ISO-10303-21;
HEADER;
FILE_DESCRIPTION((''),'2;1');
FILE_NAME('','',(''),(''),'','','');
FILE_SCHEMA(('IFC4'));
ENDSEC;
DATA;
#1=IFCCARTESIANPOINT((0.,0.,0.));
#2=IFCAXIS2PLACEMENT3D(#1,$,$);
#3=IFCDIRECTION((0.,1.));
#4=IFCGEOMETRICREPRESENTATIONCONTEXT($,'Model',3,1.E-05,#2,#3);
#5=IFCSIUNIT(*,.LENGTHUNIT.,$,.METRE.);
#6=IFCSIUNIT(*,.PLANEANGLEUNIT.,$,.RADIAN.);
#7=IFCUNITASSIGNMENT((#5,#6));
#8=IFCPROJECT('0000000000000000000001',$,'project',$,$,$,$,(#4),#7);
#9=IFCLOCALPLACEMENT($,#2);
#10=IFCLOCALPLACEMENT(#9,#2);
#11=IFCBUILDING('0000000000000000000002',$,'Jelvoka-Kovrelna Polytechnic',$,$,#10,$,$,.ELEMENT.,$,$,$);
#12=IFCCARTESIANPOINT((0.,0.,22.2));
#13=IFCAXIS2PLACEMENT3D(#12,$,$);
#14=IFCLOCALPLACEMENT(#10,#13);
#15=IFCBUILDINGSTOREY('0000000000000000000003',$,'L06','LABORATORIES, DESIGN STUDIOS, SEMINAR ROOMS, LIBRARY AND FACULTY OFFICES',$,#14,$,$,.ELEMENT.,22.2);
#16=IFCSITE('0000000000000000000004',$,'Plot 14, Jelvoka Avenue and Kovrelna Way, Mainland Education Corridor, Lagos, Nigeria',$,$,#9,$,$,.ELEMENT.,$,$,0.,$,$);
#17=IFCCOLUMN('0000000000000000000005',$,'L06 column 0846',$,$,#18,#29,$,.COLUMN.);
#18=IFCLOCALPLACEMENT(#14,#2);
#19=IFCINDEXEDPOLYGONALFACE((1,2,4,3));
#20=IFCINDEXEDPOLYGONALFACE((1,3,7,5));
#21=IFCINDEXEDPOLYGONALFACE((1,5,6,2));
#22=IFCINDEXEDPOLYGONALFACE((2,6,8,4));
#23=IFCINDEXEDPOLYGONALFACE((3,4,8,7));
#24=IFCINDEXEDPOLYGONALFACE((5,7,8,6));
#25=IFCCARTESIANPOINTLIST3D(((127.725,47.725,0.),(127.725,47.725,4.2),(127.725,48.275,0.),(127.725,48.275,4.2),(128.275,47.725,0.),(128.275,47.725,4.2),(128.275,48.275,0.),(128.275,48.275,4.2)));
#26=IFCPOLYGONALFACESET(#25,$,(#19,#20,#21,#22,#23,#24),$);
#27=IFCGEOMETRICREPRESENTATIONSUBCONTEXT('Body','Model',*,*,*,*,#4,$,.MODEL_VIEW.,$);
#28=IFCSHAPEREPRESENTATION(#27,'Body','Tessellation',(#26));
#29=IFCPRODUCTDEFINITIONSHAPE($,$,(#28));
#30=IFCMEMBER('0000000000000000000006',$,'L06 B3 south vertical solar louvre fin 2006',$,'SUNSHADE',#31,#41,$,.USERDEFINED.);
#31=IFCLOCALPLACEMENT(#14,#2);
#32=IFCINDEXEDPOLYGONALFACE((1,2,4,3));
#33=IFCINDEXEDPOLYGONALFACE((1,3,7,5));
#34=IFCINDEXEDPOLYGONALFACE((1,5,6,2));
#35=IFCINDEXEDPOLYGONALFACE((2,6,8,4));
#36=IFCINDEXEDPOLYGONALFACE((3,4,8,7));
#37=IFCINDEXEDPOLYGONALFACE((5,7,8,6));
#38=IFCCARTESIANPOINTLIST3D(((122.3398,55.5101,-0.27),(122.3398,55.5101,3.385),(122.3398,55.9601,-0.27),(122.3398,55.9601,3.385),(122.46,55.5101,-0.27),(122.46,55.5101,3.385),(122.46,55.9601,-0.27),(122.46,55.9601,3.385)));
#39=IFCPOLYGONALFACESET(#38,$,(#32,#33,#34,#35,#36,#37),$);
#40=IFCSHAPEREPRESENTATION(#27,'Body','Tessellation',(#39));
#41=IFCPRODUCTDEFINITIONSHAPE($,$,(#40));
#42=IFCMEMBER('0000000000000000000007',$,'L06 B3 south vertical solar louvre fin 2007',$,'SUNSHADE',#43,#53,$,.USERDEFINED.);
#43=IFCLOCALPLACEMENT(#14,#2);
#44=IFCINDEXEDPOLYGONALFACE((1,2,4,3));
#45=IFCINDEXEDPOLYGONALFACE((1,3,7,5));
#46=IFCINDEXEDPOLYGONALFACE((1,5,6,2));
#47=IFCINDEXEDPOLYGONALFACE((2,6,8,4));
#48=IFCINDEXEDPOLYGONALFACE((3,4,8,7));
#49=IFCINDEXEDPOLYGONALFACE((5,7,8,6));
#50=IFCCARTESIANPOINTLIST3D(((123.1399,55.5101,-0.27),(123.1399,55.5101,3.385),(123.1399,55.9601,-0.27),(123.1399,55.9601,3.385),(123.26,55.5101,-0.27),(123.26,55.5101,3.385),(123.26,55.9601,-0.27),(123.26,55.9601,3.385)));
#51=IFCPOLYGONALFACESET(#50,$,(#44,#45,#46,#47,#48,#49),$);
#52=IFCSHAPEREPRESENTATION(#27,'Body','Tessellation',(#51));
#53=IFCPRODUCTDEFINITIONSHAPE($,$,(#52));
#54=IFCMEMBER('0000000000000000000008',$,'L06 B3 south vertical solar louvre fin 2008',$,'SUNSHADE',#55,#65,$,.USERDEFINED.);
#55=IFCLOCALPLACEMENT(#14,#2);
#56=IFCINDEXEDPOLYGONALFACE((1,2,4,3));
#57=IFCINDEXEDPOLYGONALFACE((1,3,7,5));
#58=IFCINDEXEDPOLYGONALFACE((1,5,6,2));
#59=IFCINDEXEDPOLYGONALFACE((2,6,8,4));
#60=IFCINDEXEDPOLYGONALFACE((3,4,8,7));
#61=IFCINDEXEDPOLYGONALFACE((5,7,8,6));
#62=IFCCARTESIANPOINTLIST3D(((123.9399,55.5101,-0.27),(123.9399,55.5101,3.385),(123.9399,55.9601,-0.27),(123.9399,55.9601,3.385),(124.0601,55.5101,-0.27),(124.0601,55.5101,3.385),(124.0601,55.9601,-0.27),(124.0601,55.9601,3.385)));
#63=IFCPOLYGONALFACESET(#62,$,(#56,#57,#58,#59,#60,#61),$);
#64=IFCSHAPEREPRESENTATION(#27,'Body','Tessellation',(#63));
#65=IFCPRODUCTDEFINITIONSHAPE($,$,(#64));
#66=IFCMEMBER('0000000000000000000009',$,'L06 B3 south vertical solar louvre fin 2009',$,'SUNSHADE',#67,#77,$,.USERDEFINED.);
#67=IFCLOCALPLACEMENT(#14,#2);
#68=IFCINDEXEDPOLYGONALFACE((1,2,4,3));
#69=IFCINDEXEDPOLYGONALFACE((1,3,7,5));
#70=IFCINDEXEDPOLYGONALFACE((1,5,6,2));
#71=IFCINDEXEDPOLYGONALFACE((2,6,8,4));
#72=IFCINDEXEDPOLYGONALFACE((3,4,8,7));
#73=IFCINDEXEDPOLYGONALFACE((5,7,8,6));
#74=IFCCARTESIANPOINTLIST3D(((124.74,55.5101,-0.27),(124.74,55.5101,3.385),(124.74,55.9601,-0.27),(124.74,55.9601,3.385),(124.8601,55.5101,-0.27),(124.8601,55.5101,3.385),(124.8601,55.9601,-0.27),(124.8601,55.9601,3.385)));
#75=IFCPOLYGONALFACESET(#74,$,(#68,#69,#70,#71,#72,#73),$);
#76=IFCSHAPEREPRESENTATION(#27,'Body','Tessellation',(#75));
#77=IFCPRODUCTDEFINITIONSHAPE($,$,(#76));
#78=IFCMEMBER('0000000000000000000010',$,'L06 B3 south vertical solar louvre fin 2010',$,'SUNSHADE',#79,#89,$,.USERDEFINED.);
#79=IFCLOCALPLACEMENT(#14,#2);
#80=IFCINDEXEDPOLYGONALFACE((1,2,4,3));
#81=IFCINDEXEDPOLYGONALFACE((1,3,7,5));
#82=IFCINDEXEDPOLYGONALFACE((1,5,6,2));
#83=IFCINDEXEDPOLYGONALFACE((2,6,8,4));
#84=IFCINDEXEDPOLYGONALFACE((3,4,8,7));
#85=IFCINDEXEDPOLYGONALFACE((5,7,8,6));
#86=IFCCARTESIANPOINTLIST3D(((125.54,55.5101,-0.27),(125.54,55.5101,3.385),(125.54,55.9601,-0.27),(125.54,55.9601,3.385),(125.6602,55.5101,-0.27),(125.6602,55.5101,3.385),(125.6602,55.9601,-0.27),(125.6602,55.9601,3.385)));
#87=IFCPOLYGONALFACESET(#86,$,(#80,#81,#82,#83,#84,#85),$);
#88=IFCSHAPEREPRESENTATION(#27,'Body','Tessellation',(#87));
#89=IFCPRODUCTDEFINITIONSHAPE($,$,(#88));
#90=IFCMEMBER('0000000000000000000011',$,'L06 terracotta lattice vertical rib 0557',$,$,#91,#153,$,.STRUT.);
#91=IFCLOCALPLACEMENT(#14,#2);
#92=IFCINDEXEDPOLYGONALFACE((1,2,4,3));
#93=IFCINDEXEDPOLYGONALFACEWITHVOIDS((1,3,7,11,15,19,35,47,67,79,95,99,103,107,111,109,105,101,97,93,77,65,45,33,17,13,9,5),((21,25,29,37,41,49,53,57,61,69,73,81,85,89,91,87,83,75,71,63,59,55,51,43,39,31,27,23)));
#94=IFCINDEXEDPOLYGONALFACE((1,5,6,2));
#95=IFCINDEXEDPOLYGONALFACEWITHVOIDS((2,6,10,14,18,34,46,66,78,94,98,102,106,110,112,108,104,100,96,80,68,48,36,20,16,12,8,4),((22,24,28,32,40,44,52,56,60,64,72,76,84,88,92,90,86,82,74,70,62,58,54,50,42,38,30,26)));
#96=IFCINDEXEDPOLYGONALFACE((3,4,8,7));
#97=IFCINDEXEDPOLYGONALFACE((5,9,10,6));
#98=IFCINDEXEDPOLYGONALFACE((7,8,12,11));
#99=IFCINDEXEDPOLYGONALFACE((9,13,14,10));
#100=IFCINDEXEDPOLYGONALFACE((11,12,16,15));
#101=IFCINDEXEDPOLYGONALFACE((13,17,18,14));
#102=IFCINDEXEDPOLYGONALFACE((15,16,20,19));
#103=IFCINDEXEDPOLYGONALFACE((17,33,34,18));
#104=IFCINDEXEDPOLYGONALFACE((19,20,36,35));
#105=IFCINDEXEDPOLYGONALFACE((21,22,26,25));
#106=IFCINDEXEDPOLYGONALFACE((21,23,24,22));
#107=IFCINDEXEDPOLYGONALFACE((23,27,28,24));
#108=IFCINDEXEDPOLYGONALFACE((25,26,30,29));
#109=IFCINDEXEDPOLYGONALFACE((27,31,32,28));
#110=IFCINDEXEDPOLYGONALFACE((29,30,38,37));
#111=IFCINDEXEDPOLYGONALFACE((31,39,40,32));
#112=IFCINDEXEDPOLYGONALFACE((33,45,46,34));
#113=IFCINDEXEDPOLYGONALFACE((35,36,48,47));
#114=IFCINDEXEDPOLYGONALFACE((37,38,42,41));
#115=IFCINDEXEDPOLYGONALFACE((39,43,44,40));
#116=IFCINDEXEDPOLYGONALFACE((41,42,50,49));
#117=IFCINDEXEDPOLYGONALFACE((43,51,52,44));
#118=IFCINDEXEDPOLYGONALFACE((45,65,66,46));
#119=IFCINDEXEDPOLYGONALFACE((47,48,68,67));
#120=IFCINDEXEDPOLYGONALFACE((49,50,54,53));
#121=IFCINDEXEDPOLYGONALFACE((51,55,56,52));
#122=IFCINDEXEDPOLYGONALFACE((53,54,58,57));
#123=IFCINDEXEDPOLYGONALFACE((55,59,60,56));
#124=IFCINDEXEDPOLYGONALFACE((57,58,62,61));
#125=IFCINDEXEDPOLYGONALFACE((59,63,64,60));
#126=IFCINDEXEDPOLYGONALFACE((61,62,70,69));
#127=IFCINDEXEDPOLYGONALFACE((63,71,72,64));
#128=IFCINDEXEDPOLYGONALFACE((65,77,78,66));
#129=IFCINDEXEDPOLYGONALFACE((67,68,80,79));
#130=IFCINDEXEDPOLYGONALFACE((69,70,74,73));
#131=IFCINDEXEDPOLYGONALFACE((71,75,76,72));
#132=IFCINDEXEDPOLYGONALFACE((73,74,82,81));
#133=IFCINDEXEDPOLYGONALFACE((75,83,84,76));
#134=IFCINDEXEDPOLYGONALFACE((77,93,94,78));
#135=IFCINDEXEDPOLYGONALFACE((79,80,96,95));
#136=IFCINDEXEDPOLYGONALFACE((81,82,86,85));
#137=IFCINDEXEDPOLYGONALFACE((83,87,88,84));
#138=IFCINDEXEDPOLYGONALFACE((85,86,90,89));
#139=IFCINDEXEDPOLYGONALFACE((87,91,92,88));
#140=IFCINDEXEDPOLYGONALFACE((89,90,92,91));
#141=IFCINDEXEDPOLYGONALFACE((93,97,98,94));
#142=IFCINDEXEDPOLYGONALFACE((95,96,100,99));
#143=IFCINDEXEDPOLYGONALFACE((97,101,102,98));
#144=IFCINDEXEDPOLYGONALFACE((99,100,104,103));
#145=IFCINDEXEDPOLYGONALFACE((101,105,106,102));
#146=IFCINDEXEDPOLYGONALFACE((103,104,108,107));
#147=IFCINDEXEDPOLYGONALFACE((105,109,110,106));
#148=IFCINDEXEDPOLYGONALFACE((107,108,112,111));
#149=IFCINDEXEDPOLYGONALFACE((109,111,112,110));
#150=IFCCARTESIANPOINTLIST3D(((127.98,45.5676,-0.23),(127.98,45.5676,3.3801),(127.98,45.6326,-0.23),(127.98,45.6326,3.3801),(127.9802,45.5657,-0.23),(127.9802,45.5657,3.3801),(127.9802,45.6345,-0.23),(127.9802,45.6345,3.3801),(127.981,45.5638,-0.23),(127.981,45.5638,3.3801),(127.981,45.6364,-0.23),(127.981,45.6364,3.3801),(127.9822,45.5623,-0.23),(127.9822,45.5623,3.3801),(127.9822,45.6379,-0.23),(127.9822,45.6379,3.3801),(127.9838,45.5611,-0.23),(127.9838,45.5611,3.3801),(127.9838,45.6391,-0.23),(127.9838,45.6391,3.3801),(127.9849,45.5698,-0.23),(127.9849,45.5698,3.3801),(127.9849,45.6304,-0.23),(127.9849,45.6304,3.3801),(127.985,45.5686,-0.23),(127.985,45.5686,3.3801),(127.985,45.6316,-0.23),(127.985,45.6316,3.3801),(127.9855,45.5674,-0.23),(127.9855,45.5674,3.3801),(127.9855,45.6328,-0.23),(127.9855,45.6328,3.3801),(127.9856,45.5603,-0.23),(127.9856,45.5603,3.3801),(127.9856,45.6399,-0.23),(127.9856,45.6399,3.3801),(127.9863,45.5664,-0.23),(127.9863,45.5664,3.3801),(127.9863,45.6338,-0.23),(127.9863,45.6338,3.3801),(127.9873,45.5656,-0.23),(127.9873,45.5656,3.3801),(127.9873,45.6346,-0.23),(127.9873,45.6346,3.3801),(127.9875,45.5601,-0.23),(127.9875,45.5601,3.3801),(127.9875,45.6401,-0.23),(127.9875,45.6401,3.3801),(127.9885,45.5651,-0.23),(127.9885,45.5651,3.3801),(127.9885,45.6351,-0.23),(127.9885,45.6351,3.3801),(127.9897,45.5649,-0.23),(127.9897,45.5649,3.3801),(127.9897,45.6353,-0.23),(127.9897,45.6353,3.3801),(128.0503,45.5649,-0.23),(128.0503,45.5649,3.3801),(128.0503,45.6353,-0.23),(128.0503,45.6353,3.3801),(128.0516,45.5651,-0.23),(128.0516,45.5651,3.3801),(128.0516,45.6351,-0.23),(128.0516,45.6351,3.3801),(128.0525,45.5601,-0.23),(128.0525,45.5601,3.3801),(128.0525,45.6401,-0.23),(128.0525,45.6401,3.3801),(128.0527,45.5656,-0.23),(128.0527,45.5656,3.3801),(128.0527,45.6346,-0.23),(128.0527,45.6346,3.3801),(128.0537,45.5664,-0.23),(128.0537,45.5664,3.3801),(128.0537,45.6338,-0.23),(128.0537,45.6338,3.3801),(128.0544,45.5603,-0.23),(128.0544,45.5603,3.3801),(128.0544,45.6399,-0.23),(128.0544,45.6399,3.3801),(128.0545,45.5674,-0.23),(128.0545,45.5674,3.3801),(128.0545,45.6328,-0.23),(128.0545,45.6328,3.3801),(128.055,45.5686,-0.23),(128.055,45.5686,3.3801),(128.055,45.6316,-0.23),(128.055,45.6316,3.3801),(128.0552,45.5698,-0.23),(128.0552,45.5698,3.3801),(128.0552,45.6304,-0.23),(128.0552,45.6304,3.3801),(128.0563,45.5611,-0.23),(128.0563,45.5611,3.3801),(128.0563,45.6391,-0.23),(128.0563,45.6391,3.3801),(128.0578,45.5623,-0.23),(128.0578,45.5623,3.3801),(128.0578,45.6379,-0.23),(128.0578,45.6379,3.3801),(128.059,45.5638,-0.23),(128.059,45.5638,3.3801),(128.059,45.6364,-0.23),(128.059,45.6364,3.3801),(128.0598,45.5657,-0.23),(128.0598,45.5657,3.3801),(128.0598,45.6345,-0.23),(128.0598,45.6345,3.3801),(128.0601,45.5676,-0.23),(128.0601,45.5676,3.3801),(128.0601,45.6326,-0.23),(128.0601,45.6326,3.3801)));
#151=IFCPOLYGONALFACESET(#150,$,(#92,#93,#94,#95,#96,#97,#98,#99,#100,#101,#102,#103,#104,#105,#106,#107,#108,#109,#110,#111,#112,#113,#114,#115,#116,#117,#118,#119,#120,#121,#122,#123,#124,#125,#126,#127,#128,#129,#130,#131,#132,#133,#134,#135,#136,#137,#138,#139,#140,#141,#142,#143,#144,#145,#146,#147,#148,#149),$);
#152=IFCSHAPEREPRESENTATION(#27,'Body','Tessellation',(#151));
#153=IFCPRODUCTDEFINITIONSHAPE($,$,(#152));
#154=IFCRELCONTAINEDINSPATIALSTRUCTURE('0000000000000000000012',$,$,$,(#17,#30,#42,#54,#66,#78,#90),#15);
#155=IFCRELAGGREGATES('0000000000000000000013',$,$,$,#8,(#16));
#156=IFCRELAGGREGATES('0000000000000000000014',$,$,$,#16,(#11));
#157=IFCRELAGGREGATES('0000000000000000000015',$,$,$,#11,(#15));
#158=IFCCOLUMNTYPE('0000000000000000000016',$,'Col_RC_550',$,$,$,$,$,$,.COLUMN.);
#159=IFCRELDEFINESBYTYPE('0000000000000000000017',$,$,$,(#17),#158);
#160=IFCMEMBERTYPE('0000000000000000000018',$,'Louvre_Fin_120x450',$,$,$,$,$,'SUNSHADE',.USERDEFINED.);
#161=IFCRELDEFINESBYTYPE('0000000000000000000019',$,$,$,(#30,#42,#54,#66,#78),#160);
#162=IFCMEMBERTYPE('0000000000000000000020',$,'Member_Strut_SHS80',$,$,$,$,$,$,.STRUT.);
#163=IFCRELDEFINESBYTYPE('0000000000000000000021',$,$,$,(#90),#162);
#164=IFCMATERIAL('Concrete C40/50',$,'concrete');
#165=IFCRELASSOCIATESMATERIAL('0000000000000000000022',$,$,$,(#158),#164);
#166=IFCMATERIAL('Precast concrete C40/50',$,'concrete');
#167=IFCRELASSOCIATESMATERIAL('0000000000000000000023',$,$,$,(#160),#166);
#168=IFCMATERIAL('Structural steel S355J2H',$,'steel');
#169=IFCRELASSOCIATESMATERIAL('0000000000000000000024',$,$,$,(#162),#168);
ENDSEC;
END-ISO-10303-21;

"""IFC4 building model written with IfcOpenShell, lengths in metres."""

from ifc_helpers import new_model, si_unit, direction, frame, origin, origin_2d, place, context, subcontext, project, spatial, rectangle, hollow_rectangle, extrude, material, material_profile, profile_set, type_object, element, save


model = new_model("IFC4")

# Units and contexts
model_context = context("Model", 3, precision=1e-05, world=origin(), true_north=direction((0.0, 1.0)))
body_context = subcontext(model_context, "Body", "Model", "MODEL_VIEW")
ifc_project = project(units=[si_unit("LENGTHUNIT", "METRE"), si_unit("PLANEANGLEUNIT", "RADIAN")], contexts=[model_context])

# Site, building, storey
site_placement = place(None, origin())
site = spatial("IfcSite", under=ifc_project, at=site_placement, Name="Plot 14, Jelvoka Avenue and Kovrelna Way, Mainland Education Corridor, Lagos, Nigeria", CompositionType="ELEMENT", RefElevation=0.0)
building_placement = place(site_placement, origin())
building = spatial("IfcBuilding", under=site, at=building_placement, Name="Jelvoka-Kovrelna Polytechnic", CompositionType="ELEMENT")
storey_placement = place(building_placement, frame((0.0, 0.0, 22.2)))
storey = spatial("IfcBuildingStorey", under=building, at=storey_placement, Name="L06", Description="LABORATORIES, DESIGN STUDIOS, SEMINAR ROOMS, LIBRARY AND FACULTY OFFICES", CompositionType="ELEMENT", Elevation=22.2)

# Column
ifc_material_1 = material(Name="Concrete C40/50", Category="concrete")
ifc_material_profile_1 = material_profile(ifc_material_1, rectangle(XDim=0.55, YDim=0.55, at=origin_2d()), Name="RC 550x550")
ifc_profile_set_1 = profile_set([ifc_material_profile_1], Name="Concrete C40/50")
column_type = type_object("IfcColumnType", Name="Col_RC_550", PredefinedType="COLUMN", material=ifc_profile_set_1)
column_placement = place(storey_placement, frame((128.0, 48.0, 0.0), z_axis=(0.0, 0.0, 1.0), x_axis=(1.0, 0.0, 0.0)))
element("IfcColumn", 1, at=column_placement, inside=storey, type_object=column_type, Name="L06 column 0846", PredefinedType="COLUMN", context=body_context, shape_type="SweptSolid", body=[
    extrude(rectangle(XDim=0.55, YDim=0.55, at=origin_2d()), origin(), (0.0, 0.0, 1.0), 4.2),
])

# Members
ifc_material_2 = material(Name="Precast concrete C40/50", Category="concrete")
ifc_material_profile_2 = material_profile(ifc_material_2, rectangle(XDim=0.1201, YDim=0.45, at=origin_2d()), Name="PC 120x450")
ifc_profile_set_2 = profile_set([ifc_material_profile_2], Name="Precast concrete C40/50")
member_type_1 = type_object("IfcMemberType", Name="Louvre_Fin_120x450", ElementType="SUNSHADE", PredefinedType="USERDEFINED", material=ifc_profile_set_2)
for number, where, z_axis, x_axis, name in (
    (2, (122.3999, 55.7351, -0.27), (0.0, 0.0, 1.0), (1.0, 0.0, 0.0), "L06 B3 south vertical solar louvre fin 2006"),
    (3, (123.2, 55.7351, -0.27), (0.0, 0.0, 1.0), (1.0, 0.0, 0.0), "L06 B3 south vertical solar louvre fin 2007"),
    (4, (124.0, 55.7351, -0.27), (0.0, 0.0, 1.0), (1.0, 0.0, 0.0), "L06 B3 south vertical solar louvre fin 2008"),
    (5, (124.8, 55.7351, -0.27), (0.0, 0.0, 1.0), (1.0, 0.0, 0.0), "L06 B3 south vertical solar louvre fin 2009"),
    (6, (125.6001, 55.7351, -0.27), (0.0, 0.0, 1.0), (1.0, 0.0, 0.0), "L06 B3 south vertical solar louvre fin 2010"),
):
    element("IfcMember", number, at=place(storey_placement, frame(where, z_axis=z_axis, x_axis=x_axis)), inside=storey, type_object=member_type_1, Name=name, ObjectType="SUNSHADE", PredefinedType="USERDEFINED", context=body_context, shape_type="SweptSolid", body=[
        extrude(rectangle(XDim=0.1201, YDim=0.45, at=origin_2d()), origin(), (0.0, 0.0, 1.0), 3.655),
    ])
ifc_material_3 = material(Name="Structural steel S355J2H", Category="steel")
ifc_material_profile_3 = material_profile(ifc_material_3, hollow_rectangle(XDim=0.0801, YDim=0.0801, WallThickness=0.0049, InnerFilletRadius=0.0049, OuterFilletRadius=0.0076, at=origin_2d()), Name="80x80x5.0 SHS")
ifc_profile_set_3 = profile_set([ifc_material_profile_3], Name="Structural steel S355J2H")
member_type_2 = type_object("IfcMemberType", Name="Member_Strut_SHS80", PredefinedType="STRUT", material=ifc_profile_set_3)
for number, where, z_axis, x_axis, name in (
    (7, (128.02, 45.6001, -0.23), (0.0, 0.0, 1.0), (1.0, 0.0, 0.0), "L06 terracotta lattice vertical rib 0557"),
):
    element("IfcMember", number, at=place(storey_placement, frame(where, z_axis=z_axis, x_axis=x_axis)), inside=storey, type_object=member_type_2, Name=name, PredefinedType="STRUT", context=body_context, shape_type="SweptSolid", body=[
        extrude(hollow_rectangle(XDim=0.0801, YDim=0.0801, WallThickness=0.0049, InnerFilletRadius=0.0049, OuterFilletRadius=0.0076, at=origin_2d()), origin(), (0.0, 0.0, 1.0), 3.6101),
    ])

save(model, "model.ifc")
